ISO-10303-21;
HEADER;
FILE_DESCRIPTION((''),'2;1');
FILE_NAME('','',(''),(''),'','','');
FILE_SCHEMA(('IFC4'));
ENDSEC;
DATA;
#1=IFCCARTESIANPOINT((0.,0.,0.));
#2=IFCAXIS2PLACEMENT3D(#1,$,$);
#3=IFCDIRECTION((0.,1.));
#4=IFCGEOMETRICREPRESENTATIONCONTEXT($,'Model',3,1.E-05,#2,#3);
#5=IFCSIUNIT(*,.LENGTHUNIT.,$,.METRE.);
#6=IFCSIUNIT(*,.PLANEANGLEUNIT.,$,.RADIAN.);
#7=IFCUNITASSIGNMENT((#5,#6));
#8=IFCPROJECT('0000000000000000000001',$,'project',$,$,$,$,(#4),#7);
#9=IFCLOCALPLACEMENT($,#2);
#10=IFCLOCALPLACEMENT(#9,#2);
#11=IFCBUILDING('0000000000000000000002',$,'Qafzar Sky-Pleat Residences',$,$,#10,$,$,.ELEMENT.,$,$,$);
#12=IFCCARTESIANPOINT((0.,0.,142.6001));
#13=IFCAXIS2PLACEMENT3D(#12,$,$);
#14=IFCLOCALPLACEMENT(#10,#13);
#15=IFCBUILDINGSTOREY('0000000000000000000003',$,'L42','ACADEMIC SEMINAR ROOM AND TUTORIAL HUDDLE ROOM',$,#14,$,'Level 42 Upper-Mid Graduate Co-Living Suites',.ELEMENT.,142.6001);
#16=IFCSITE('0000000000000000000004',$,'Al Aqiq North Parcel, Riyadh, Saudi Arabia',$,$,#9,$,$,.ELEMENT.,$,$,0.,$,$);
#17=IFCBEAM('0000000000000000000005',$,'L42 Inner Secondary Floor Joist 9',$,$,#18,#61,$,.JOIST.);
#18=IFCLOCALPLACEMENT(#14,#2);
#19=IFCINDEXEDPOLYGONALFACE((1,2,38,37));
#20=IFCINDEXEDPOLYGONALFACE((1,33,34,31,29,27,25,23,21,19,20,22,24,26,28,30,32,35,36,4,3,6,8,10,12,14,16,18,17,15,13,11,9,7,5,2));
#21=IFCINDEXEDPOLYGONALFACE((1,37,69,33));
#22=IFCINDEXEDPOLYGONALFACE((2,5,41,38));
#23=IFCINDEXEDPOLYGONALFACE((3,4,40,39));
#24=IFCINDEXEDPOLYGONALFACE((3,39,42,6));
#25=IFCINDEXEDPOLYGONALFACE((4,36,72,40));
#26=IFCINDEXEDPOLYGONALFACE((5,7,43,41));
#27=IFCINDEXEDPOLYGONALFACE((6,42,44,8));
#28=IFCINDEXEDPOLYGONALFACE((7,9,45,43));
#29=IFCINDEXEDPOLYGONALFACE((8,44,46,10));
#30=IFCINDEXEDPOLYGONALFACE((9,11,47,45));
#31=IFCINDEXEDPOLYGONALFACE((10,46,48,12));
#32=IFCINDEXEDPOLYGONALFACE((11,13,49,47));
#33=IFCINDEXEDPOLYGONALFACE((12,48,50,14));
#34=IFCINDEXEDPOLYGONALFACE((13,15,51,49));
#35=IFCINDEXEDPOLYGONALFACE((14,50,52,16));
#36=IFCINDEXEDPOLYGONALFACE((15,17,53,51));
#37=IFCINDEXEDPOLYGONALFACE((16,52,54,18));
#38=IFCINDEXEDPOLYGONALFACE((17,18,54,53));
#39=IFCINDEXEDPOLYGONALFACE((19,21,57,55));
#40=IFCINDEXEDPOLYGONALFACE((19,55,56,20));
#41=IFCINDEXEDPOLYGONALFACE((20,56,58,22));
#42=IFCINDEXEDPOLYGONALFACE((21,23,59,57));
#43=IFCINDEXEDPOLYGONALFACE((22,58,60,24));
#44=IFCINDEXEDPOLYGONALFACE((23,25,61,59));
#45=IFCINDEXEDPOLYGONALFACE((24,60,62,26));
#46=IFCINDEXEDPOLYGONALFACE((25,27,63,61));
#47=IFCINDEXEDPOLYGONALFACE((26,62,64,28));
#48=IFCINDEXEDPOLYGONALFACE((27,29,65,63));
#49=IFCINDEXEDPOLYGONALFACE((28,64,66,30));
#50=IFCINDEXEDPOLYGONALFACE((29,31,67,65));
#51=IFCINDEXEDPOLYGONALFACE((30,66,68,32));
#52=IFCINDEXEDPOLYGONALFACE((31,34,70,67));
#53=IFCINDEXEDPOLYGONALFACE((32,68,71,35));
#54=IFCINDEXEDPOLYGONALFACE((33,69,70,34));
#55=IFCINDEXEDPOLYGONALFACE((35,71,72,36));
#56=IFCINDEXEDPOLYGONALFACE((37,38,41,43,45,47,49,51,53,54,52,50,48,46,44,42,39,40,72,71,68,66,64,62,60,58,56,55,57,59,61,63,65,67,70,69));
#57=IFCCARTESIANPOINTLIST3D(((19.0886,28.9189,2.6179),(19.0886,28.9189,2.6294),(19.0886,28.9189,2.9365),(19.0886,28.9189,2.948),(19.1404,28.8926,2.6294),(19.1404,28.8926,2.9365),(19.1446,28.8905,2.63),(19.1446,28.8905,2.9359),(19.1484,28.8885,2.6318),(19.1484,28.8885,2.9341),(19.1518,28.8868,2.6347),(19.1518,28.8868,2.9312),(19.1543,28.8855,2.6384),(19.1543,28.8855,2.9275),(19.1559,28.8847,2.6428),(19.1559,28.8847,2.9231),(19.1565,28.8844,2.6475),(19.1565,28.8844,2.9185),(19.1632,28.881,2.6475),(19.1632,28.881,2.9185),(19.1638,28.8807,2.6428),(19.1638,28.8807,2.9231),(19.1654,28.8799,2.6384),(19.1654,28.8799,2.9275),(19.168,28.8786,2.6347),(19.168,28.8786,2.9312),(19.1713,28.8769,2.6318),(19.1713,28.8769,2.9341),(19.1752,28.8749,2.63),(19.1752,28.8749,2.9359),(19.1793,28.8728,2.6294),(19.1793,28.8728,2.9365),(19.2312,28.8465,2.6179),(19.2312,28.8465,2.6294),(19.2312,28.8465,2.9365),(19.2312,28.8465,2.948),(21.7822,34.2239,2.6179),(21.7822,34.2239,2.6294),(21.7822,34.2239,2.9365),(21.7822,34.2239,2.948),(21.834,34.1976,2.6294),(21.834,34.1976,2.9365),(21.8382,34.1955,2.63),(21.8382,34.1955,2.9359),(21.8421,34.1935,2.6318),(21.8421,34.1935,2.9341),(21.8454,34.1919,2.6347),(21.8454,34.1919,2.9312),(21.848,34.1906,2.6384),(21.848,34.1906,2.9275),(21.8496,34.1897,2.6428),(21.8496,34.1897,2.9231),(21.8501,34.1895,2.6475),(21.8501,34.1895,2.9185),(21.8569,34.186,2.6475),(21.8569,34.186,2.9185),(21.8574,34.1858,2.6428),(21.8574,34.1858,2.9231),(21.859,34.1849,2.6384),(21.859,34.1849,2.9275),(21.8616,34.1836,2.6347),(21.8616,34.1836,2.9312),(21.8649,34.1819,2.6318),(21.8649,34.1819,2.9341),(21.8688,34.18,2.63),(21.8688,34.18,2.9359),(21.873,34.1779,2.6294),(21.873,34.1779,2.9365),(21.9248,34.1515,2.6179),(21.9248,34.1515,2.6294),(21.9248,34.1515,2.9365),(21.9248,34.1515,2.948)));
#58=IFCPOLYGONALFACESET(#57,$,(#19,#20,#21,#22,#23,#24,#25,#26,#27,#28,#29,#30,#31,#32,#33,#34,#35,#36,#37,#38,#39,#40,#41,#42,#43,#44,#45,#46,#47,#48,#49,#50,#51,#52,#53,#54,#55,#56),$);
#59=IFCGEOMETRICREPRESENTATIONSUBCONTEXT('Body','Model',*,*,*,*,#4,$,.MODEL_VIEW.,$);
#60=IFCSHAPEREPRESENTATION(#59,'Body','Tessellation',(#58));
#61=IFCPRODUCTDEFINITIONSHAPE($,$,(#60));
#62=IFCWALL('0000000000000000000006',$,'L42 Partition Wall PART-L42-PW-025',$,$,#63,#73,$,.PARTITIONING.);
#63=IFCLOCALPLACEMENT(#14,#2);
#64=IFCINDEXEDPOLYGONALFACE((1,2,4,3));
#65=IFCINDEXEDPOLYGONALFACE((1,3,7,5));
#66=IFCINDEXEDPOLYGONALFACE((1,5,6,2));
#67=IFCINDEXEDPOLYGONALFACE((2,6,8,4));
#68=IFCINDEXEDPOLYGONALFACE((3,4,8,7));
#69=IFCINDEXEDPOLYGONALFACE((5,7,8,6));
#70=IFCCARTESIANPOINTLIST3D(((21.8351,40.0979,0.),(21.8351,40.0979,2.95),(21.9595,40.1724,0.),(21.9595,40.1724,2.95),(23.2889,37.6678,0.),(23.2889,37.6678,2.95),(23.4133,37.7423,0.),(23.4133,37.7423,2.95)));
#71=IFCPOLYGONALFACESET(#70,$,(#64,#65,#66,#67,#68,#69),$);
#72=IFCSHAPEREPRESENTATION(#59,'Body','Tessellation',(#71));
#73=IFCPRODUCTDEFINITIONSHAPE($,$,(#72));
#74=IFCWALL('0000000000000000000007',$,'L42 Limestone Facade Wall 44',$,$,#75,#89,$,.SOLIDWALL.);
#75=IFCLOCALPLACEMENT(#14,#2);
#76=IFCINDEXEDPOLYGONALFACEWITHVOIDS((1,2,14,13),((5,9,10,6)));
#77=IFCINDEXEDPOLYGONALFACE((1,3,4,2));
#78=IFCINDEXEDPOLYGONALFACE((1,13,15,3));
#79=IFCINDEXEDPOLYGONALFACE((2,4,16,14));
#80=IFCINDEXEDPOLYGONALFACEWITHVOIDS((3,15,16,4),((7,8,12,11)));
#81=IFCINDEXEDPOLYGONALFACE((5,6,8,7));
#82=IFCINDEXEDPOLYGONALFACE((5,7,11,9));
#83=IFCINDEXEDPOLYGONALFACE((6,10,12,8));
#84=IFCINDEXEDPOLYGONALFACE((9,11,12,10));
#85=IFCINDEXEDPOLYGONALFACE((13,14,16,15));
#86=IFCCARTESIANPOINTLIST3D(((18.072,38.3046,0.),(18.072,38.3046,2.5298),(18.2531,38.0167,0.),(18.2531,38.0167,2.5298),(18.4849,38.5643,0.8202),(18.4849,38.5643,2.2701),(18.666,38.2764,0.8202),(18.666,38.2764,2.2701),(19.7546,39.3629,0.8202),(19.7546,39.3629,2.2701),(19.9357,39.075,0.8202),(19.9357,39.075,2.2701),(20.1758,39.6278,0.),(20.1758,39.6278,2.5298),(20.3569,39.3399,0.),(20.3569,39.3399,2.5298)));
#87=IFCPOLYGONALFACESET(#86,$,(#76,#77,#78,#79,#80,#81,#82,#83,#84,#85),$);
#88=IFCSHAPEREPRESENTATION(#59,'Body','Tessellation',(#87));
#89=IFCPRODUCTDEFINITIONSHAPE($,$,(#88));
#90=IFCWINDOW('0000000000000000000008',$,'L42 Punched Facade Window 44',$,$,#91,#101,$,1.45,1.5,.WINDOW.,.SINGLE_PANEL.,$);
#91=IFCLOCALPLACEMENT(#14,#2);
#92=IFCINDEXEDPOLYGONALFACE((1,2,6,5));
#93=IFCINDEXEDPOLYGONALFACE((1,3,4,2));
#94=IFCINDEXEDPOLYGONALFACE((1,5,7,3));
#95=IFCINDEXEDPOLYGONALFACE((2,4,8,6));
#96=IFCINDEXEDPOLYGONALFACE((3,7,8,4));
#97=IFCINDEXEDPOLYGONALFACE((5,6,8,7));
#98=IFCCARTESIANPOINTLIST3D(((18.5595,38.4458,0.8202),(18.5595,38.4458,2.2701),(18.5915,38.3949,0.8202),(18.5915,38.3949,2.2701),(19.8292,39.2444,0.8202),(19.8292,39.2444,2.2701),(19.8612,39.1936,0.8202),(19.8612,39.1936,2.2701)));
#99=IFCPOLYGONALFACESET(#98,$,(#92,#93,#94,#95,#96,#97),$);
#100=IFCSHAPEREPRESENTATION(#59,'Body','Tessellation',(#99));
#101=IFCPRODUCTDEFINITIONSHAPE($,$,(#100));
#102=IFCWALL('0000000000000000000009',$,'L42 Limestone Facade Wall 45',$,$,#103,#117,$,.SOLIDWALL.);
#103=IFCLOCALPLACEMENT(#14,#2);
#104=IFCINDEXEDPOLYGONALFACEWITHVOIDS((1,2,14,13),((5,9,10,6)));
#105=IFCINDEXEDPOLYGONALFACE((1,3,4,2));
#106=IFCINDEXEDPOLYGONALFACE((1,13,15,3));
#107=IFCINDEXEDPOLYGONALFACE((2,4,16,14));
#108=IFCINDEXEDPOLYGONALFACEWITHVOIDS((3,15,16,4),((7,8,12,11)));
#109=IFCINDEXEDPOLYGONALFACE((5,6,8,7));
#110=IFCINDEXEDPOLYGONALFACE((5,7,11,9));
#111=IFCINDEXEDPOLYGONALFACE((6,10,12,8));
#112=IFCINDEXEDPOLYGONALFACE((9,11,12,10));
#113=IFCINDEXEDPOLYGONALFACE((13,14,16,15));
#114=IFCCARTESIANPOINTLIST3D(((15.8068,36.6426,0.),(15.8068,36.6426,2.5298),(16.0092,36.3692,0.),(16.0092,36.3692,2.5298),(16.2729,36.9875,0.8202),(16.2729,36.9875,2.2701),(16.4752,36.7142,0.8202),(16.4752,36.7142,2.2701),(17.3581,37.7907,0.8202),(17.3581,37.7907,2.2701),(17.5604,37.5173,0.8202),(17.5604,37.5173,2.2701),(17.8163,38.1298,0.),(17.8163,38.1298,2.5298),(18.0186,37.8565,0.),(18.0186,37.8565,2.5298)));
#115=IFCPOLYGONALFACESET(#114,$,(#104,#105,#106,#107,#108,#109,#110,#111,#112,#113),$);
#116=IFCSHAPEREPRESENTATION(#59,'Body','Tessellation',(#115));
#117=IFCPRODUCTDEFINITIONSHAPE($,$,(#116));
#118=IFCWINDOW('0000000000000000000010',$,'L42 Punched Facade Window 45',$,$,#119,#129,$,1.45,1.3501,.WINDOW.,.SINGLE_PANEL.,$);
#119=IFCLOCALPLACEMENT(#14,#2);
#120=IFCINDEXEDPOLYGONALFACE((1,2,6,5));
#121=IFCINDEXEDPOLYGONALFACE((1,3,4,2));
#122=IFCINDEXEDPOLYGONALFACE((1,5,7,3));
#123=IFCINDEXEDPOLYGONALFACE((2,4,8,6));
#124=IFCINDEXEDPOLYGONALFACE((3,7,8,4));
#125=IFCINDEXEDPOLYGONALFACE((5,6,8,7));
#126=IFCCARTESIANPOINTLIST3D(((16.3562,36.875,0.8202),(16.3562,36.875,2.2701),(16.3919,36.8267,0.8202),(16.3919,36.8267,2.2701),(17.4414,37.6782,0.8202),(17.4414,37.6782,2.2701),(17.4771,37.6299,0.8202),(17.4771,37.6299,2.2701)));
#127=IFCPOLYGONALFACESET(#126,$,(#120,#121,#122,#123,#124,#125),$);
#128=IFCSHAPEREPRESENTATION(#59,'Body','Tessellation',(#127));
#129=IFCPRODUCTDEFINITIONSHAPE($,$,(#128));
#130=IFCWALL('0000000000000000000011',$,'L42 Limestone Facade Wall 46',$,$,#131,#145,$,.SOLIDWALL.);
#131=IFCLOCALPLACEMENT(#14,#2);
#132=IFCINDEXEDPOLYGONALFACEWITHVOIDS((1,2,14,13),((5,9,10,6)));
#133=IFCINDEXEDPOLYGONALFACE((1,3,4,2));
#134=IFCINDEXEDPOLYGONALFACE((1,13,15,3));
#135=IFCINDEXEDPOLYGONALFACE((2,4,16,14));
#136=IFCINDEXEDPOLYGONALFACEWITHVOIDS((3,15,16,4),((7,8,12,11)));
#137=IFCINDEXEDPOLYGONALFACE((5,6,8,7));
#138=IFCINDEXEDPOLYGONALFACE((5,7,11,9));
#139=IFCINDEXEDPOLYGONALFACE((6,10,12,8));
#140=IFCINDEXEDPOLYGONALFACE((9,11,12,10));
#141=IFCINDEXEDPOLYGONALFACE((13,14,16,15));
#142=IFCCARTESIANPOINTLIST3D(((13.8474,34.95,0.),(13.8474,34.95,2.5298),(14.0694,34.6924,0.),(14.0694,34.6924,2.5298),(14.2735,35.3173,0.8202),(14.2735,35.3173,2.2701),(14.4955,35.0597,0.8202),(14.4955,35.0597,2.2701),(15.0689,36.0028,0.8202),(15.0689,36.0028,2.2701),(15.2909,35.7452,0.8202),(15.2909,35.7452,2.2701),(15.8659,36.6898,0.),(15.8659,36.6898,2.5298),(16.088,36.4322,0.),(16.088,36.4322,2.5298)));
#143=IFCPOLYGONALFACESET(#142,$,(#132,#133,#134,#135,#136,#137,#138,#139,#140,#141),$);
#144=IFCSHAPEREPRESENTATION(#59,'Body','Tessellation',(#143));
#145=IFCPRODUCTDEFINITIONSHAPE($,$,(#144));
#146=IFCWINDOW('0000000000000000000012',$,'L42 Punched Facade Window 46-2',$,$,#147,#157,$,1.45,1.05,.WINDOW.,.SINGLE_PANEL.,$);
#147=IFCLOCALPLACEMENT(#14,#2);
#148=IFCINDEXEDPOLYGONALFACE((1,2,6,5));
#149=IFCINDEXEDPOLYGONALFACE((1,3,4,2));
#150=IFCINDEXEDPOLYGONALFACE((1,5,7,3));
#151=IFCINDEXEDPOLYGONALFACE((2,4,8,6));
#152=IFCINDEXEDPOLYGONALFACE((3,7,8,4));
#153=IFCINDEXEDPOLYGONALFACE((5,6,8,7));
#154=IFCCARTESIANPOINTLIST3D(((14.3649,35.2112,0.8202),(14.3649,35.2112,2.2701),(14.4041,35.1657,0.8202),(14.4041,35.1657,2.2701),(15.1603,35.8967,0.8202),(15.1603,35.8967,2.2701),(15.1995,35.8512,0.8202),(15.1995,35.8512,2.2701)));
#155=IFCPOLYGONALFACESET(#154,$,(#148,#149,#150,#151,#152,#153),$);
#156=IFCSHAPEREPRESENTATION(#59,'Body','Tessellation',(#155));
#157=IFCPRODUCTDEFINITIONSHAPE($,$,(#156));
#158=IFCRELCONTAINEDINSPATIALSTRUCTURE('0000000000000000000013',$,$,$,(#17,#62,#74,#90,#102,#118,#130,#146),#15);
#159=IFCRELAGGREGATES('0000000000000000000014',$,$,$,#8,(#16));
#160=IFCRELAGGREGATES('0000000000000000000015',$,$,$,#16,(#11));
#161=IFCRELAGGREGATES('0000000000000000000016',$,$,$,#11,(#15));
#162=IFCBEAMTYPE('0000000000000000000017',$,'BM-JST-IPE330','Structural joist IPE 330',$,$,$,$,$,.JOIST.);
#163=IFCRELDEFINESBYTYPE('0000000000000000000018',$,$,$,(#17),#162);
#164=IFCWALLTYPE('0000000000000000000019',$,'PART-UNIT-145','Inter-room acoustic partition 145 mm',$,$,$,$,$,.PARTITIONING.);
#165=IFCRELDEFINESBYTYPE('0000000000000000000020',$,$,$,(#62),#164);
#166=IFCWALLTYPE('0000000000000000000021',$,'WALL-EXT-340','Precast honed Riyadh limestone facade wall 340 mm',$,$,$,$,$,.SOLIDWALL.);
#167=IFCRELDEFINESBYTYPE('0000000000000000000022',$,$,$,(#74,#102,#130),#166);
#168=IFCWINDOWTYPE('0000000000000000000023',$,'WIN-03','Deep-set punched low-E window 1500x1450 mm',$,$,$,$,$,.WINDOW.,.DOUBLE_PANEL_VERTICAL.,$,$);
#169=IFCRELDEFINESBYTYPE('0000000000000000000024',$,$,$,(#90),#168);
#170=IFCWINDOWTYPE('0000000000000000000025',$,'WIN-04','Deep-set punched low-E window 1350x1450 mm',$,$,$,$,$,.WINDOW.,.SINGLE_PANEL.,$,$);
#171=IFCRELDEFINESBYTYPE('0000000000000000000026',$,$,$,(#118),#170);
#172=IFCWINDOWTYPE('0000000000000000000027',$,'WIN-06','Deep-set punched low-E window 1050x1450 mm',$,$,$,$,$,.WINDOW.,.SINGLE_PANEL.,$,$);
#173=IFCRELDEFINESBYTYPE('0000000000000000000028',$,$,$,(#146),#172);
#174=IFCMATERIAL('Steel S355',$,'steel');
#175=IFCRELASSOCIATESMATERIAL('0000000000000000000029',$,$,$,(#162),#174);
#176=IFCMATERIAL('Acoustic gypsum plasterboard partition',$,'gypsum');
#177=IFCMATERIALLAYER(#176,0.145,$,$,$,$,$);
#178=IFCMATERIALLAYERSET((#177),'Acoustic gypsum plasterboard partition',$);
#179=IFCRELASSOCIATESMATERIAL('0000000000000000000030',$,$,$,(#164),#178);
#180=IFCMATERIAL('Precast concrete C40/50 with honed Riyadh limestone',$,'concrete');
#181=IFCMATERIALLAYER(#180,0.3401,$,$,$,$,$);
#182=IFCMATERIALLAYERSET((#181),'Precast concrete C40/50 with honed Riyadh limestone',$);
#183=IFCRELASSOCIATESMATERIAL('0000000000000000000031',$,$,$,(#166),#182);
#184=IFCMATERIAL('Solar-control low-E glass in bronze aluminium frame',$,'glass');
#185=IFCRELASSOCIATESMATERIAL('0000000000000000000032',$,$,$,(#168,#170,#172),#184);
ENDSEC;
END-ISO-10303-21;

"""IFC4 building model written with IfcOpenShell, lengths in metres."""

from ifc_helpers import new_model, si_unit, direction, frame, frame_2d, origin, origin_2d, place, context, subcontext, project, spatial, rectangle, i_section, extrude, source, transform, mapped, material, layer, layer_set, material_profile, profile_set, type_object, element, fill, save


model = new_model("IFC4")

# Units and contexts
model_context = context("Model", 3, precision=1e-05, world=origin(), true_north=direction((0.0, 1.0)))
body_context = subcontext(model_context, "Body", "Model", "MODEL_VIEW")
ifc_project = project(units=[si_unit("LENGTHUNIT", "METRE"), si_unit("PLANEANGLEUNIT", "RADIAN")], contexts=[model_context])

# Site, building, storey
site_placement = place(None, origin())
site = spatial("IfcSite", under=ifc_project, at=site_placement, Name="Al Aqiq North Parcel, Riyadh, Saudi Arabia", CompositionType="ELEMENT", RefElevation=0.0)
building_placement = place(site_placement, origin())
building = spatial("IfcBuilding", under=site, at=building_placement, Name="Qafzar Sky-Pleat Residences", CompositionType="ELEMENT")
storey_placement = place(building_placement, frame((0.0, 0.0, 142.6001)))
storey = spatial("IfcBuildingStorey", under=building, at=storey_placement, Name="L42", Description="ACADEMIC SEMINAR ROOM AND TUTORIAL HUDDLE ROOM", LongName="Level 42 Upper-Mid Graduate Co-Living Suites", CompositionType="ELEMENT", Elevation=142.6001)

# Beam
ifc_material_1 = material(Name="Steel S355", Category="steel")
ifc_material_profile_1 = material_profile(ifc_material_1, i_section(OverallWidth=0.1599, OverallDepth=0.3301, WebThickness=0.0076, FlangeThickness=0.0115, FilletRadius=0.0181, at=origin_2d()), Name="IPE 330")
ifc_profile_set_1 = profile_set([ifc_material_profile_1], Name="Steel S355")
beam_type_1 = type_object("IfcBeamType", Name="BM-JST-IPE330", Description="Structural joist IPE 330", PredefinedType="JOIST", material=ifc_profile_set_1)
shared_shape_1 = source(origin(), body_context, "Body", "SweptSolid", [
    extrude(i_section(OverallWidth=0.1599, OverallDepth=0.3301, WebThickness=0.0076, FlangeThickness=0.0115, FilletRadius=0.0181, at=origin_2d()), origin(), (0.0, 0.0, 1.0), 5.9497),
])
beam_1_placement = place(storey_placement, frame((21.8535, 34.1877, 2.783), z_axis=(-0.452737, -0.891644, 0.0), x_axis=(0.891644, -0.452737, 0.0)))
element("IfcBeam", 1, at=beam_1_placement, inside=storey, type_object=beam_type_1, Name="L42 Inner Secondary Floor Joist 9", PredefinedType="JOIST", context=body_context, shape_type="MappedRepresentation", body=[
    mapped(shared_shape_1, transform((0.0, 0.0, 0.0), x_axis=(1.0, 0.0, 0.0), y_axis=(0.0, 1.0, 0.0), z_axis=(0.0, 0.0, 1.0), scale=1.0)),
])

# Wall
ifc_material_2 = material(Name="Acoustic gypsum plasterboard partition", Category="gypsum")
ifc_layer_1 = layer(ifc_material_2, 0.145)
ifc_layer_set_1 = layer_set([ifc_layer_1], Name="Acoustic gypsum plasterboard partition")
wall_type_1 = type_object("IfcWallType", Name="PART-UNIT-145", Description="Inter-room acoustic partition 145 mm", PredefinedType="PARTITIONING", material=ifc_layer_set_1)
wall_1_placement = place(storey_placement, frame((21.8972, 40.1353, 0.0), z_axis=(0.0, 0.0, 1.0), x_axis=(0.513392, -0.858154, 0.0)))
element("IfcWall", 2, at=wall_1_placement, inside=storey, type_object=wall_type_1, Name="L42 Partition Wall PART-L42-PW-025", PredefinedType="PARTITIONING", context=body_context, shape_type="SweptSolid", body=[
    extrude(rectangle(XDim=2.8318, YDim=0.145, at=frame_2d((1.416, 0.0))), origin(), (0.0, 0.0, 1.0), 2.95),
])

# Walls, openings, windows
ifc_material_3 = material(Name="Precast concrete C40/50 with honed Riyadh limestone", Category="concrete")
ifc_layer_2 = layer(ifc_material_3, 0.3401)
ifc_layer_set_2 = layer_set([ifc_layer_2], Name="Precast concrete C40/50 with honed Riyadh limestone")
wall_type_2 = type_object("IfcWallType", Name="WALL-EXT-340", Description="Precast honed Riyadh limestone facade wall 340 mm", PredefinedType="SOLIDWALL", material=ifc_layer_set_2)
wall_2_placement = place(storey_placement, frame((20.2664, 39.4839, 0.0), z_axis=(0.0, 0.0, 1.0), x_axis=(-0.846477, -0.532425, 0.0)))
wall_2 = element("IfcWall", 3, at=wall_2_placement, inside=storey, type_object=wall_type_2, Name="L42 Limestone Facade Wall 44", PredefinedType="SOLIDWALL", context=body_context, shape_type="SweptSolid", body=[
    extrude(rectangle(XDim=2.4854, YDim=0.3401, at=frame_2d((1.2427, 0.0))), origin(), (0.0, 0.0, 1.0), 2.5298),
])
opening_1_placement = place(wall_2_placement, frame((0.4976, 0.0, 0.8201)))
opening_1 = element("IfcOpeningElement", 4, at=opening_1_placement, cuts=wall_2, PredefinedType="OPENING", context=body_context, shape_type="SweptSolid", body=[
    extrude(rectangle(XDim=1.5, YDim=1.45, at=frame_2d((0.75, 0.7251))), frame((0.0, 0.1802, 0.0), z_axis=(0.0, -1.0, 0.0), x_axis=(1.0, 0.0, 0.0)), (0.0, 0.0, 1.0), 0.3601),
])
ifc_material_4 = material(Name="Solar-control low-E glass in bronze aluminium frame", Category="glass")
window_type_1 = type_object("IfcWindowType", Name="WIN-03", Description="Deep-set punched low-E window 1500x1450 mm", PartitioningType="DOUBLE_PANEL_VERTICAL", PredefinedType="WINDOW", material=ifc_material_4)
shared_shape_2 = source(origin(), body_context, "Body", "SweptSolid", [
    extrude(rectangle(XDim=1.5, YDim=1.45, at=frame_2d((0.75, 0.7251))), frame((0.0, 0.03, 0.0), z_axis=(0.0, -1.0, 0.0), x_axis=(1.0, 0.0, 0.0)), (0.0, 0.0, 1.0), 0.0601),
])
window_1_placement = place(opening_1_placement, origin())
window_1 = element("IfcWindow", 5, at=window_1_placement, inside=storey, type_object=window_type_1, Name="L42 Punched Facade Window 44", OverallHeight=1.45, OverallWidth=1.5, PartitioningType="SINGLE_PANEL", PredefinedType="WINDOW", context=body_context, shape_type="MappedRepresentation", body=[
    mapped(shared_shape_2, transform((0.0, 0.0, 0.0), x_axis=(1.0, 0.0, 0.0), y_axis=(0.0, 1.0, 0.0), z_axis=(0.0, 0.0, 1.0), scale=1.0)),
])
fill(opening_1, window_1)
wall_3_placement = place(storey_placement, frame((17.9175, 37.9932, 0.0), z_axis=(0.0, 0.0, 1.0), x_axis=(-0.803792, -0.59491, 0.0)))
wall_3 = element("IfcWall", 6, at=wall_3_placement, inside=storey, type_object=wall_type_2, Name="L42 Limestone Facade Wall 45", PredefinedType="SOLIDWALL", context=body_context, shape_type="SweptSolid", body=[
    extrude(rectangle(XDim=2.5, YDim=0.3401, at=frame_2d((1.25, 0.0))), origin(), (0.0, 0.0, 1.0), 2.5298),
])
opening_2_placement = place(wall_3_placement, frame((0.5701, 0.0, 0.8201)))
opening_2 = element("IfcOpeningElement", 7, at=opening_2_placement, cuts=wall_3, PredefinedType="OPENING", context=body_context, shape_type="SweptSolid", body=[
    extrude(rectangle(XDim=1.3501, YDim=1.45, at=frame_2d((0.675, 0.7251))), frame((0.0, 0.1802, 0.0), z_axis=(0.0, -1.0, 0.0), x_axis=(1.0, 0.0, 0.0)), (0.0, 0.0, 1.0), 0.3601),
])
window_type_2 = type_object("IfcWindowType", Name="WIN-04", Description="Deep-set punched low-E window 1350x1450 mm", PartitioningType="SINGLE_PANEL", PredefinedType="WINDOW", material=ifc_material_4)
shared_shape_3 = source(origin(), body_context, "Body", "SweptSolid", [
    extrude(rectangle(XDim=1.3501, YDim=1.45, at=frame_2d((0.675, 0.7251))), frame((0.0, 0.03, 0.0), z_axis=(0.0, -1.0, 0.0), x_axis=(1.0, 0.0, 0.0)), (0.0, 0.0, 1.0), 0.0601),
])
window_2_placement = place(opening_2_placement, origin())
window_2 = element("IfcWindow", 8, at=window_2_placement, inside=storey, type_object=window_type_2, Name="L42 Punched Facade Window 45", OverallHeight=1.45, OverallWidth=1.3501, PartitioningType="SINGLE_PANEL", PredefinedType="WINDOW", context=body_context, shape_type="MappedRepresentation", body=[
    mapped(shared_shape_3, transform((0.0, 0.0, 0.0), x_axis=(1.0, 0.0, 0.0), y_axis=(0.0, 1.0, 0.0), z_axis=(0.0, 0.0, 1.0), scale=1.0)),
])
fill(opening_2, window_2)
wall_4_placement = place(storey_placement, frame((15.9771, 36.561, 0.0), z_axis=(0.0, 0.0, 1.0), x_axis=(-0.757482, -0.652856, 0.0)))
wall_4 = element("IfcWall", 9, at=wall_4_placement, inside=storey, type_object=wall_type_2, Name="L42 Limestone Facade Wall 46", PredefinedType="SOLIDWALL", context=body_context, shape_type="SweptSolid", body=[
    extrude(rectangle(XDim=2.6648, YDim=0.3401, at=frame_2d((1.3325, 0.0))), origin(), (0.0, 0.0, 1.0), 2.5298),
])
opening_3_placement = place(wall_4_placement, frame((1.0525, 0.0, 0.8201)))
opening_3 = element("IfcOpeningElement", 10, at=opening_3_placement, cuts=wall_4, PredefinedType="OPENING", context=body_context, shape_type="SweptSolid", body=[
    extrude(rectangle(XDim=1.05, YDim=1.45, at=frame_2d((0.5249, 0.7251))), frame((0.0, 0.1802, 0.0), z_axis=(0.0, -1.0, 0.0), x_axis=(1.0, 0.0, 0.0)), (0.0, 0.0, 1.0), 0.3601),
])
window_type_3 = type_object("IfcWindowType", Name="WIN-06", Description="Deep-set punched low-E window 1050x1450 mm", PartitioningType="SINGLE_PANEL", PredefinedType="WINDOW", material=ifc_material_4)
shared_shape_4 = source(origin(), body_context, "Body", "SweptSolid", [
    extrude(rectangle(XDim=1.05, YDim=1.45, at=frame_2d((0.5249, 0.7251))), frame((0.0, 0.03, 0.0), z_axis=(0.0, -1.0, 0.0), x_axis=(1.0, 0.0, 0.0)), (0.0, 0.0, 1.0), 0.0601),
])
window_3_placement = place(opening_3_placement, origin())
window_3 = element("IfcWindow", 11, at=window_3_placement, inside=storey, type_object=window_type_3, Name="L42 Punched Facade Window 46-2", OverallHeight=1.45, OverallWidth=1.05, PartitioningType="SINGLE_PANEL", PredefinedType="WINDOW", context=body_context, shape_type="MappedRepresentation", body=[
    mapped(shared_shape_4, transform((0.0, 0.0, 0.0), x_axis=(1.0, 0.0, 0.0), y_axis=(0.0, 1.0, 0.0), z_axis=(0.0, 0.0, 1.0), scale=1.0)),
])
fill(opening_3, window_3)

save(model, "model.ifc")
